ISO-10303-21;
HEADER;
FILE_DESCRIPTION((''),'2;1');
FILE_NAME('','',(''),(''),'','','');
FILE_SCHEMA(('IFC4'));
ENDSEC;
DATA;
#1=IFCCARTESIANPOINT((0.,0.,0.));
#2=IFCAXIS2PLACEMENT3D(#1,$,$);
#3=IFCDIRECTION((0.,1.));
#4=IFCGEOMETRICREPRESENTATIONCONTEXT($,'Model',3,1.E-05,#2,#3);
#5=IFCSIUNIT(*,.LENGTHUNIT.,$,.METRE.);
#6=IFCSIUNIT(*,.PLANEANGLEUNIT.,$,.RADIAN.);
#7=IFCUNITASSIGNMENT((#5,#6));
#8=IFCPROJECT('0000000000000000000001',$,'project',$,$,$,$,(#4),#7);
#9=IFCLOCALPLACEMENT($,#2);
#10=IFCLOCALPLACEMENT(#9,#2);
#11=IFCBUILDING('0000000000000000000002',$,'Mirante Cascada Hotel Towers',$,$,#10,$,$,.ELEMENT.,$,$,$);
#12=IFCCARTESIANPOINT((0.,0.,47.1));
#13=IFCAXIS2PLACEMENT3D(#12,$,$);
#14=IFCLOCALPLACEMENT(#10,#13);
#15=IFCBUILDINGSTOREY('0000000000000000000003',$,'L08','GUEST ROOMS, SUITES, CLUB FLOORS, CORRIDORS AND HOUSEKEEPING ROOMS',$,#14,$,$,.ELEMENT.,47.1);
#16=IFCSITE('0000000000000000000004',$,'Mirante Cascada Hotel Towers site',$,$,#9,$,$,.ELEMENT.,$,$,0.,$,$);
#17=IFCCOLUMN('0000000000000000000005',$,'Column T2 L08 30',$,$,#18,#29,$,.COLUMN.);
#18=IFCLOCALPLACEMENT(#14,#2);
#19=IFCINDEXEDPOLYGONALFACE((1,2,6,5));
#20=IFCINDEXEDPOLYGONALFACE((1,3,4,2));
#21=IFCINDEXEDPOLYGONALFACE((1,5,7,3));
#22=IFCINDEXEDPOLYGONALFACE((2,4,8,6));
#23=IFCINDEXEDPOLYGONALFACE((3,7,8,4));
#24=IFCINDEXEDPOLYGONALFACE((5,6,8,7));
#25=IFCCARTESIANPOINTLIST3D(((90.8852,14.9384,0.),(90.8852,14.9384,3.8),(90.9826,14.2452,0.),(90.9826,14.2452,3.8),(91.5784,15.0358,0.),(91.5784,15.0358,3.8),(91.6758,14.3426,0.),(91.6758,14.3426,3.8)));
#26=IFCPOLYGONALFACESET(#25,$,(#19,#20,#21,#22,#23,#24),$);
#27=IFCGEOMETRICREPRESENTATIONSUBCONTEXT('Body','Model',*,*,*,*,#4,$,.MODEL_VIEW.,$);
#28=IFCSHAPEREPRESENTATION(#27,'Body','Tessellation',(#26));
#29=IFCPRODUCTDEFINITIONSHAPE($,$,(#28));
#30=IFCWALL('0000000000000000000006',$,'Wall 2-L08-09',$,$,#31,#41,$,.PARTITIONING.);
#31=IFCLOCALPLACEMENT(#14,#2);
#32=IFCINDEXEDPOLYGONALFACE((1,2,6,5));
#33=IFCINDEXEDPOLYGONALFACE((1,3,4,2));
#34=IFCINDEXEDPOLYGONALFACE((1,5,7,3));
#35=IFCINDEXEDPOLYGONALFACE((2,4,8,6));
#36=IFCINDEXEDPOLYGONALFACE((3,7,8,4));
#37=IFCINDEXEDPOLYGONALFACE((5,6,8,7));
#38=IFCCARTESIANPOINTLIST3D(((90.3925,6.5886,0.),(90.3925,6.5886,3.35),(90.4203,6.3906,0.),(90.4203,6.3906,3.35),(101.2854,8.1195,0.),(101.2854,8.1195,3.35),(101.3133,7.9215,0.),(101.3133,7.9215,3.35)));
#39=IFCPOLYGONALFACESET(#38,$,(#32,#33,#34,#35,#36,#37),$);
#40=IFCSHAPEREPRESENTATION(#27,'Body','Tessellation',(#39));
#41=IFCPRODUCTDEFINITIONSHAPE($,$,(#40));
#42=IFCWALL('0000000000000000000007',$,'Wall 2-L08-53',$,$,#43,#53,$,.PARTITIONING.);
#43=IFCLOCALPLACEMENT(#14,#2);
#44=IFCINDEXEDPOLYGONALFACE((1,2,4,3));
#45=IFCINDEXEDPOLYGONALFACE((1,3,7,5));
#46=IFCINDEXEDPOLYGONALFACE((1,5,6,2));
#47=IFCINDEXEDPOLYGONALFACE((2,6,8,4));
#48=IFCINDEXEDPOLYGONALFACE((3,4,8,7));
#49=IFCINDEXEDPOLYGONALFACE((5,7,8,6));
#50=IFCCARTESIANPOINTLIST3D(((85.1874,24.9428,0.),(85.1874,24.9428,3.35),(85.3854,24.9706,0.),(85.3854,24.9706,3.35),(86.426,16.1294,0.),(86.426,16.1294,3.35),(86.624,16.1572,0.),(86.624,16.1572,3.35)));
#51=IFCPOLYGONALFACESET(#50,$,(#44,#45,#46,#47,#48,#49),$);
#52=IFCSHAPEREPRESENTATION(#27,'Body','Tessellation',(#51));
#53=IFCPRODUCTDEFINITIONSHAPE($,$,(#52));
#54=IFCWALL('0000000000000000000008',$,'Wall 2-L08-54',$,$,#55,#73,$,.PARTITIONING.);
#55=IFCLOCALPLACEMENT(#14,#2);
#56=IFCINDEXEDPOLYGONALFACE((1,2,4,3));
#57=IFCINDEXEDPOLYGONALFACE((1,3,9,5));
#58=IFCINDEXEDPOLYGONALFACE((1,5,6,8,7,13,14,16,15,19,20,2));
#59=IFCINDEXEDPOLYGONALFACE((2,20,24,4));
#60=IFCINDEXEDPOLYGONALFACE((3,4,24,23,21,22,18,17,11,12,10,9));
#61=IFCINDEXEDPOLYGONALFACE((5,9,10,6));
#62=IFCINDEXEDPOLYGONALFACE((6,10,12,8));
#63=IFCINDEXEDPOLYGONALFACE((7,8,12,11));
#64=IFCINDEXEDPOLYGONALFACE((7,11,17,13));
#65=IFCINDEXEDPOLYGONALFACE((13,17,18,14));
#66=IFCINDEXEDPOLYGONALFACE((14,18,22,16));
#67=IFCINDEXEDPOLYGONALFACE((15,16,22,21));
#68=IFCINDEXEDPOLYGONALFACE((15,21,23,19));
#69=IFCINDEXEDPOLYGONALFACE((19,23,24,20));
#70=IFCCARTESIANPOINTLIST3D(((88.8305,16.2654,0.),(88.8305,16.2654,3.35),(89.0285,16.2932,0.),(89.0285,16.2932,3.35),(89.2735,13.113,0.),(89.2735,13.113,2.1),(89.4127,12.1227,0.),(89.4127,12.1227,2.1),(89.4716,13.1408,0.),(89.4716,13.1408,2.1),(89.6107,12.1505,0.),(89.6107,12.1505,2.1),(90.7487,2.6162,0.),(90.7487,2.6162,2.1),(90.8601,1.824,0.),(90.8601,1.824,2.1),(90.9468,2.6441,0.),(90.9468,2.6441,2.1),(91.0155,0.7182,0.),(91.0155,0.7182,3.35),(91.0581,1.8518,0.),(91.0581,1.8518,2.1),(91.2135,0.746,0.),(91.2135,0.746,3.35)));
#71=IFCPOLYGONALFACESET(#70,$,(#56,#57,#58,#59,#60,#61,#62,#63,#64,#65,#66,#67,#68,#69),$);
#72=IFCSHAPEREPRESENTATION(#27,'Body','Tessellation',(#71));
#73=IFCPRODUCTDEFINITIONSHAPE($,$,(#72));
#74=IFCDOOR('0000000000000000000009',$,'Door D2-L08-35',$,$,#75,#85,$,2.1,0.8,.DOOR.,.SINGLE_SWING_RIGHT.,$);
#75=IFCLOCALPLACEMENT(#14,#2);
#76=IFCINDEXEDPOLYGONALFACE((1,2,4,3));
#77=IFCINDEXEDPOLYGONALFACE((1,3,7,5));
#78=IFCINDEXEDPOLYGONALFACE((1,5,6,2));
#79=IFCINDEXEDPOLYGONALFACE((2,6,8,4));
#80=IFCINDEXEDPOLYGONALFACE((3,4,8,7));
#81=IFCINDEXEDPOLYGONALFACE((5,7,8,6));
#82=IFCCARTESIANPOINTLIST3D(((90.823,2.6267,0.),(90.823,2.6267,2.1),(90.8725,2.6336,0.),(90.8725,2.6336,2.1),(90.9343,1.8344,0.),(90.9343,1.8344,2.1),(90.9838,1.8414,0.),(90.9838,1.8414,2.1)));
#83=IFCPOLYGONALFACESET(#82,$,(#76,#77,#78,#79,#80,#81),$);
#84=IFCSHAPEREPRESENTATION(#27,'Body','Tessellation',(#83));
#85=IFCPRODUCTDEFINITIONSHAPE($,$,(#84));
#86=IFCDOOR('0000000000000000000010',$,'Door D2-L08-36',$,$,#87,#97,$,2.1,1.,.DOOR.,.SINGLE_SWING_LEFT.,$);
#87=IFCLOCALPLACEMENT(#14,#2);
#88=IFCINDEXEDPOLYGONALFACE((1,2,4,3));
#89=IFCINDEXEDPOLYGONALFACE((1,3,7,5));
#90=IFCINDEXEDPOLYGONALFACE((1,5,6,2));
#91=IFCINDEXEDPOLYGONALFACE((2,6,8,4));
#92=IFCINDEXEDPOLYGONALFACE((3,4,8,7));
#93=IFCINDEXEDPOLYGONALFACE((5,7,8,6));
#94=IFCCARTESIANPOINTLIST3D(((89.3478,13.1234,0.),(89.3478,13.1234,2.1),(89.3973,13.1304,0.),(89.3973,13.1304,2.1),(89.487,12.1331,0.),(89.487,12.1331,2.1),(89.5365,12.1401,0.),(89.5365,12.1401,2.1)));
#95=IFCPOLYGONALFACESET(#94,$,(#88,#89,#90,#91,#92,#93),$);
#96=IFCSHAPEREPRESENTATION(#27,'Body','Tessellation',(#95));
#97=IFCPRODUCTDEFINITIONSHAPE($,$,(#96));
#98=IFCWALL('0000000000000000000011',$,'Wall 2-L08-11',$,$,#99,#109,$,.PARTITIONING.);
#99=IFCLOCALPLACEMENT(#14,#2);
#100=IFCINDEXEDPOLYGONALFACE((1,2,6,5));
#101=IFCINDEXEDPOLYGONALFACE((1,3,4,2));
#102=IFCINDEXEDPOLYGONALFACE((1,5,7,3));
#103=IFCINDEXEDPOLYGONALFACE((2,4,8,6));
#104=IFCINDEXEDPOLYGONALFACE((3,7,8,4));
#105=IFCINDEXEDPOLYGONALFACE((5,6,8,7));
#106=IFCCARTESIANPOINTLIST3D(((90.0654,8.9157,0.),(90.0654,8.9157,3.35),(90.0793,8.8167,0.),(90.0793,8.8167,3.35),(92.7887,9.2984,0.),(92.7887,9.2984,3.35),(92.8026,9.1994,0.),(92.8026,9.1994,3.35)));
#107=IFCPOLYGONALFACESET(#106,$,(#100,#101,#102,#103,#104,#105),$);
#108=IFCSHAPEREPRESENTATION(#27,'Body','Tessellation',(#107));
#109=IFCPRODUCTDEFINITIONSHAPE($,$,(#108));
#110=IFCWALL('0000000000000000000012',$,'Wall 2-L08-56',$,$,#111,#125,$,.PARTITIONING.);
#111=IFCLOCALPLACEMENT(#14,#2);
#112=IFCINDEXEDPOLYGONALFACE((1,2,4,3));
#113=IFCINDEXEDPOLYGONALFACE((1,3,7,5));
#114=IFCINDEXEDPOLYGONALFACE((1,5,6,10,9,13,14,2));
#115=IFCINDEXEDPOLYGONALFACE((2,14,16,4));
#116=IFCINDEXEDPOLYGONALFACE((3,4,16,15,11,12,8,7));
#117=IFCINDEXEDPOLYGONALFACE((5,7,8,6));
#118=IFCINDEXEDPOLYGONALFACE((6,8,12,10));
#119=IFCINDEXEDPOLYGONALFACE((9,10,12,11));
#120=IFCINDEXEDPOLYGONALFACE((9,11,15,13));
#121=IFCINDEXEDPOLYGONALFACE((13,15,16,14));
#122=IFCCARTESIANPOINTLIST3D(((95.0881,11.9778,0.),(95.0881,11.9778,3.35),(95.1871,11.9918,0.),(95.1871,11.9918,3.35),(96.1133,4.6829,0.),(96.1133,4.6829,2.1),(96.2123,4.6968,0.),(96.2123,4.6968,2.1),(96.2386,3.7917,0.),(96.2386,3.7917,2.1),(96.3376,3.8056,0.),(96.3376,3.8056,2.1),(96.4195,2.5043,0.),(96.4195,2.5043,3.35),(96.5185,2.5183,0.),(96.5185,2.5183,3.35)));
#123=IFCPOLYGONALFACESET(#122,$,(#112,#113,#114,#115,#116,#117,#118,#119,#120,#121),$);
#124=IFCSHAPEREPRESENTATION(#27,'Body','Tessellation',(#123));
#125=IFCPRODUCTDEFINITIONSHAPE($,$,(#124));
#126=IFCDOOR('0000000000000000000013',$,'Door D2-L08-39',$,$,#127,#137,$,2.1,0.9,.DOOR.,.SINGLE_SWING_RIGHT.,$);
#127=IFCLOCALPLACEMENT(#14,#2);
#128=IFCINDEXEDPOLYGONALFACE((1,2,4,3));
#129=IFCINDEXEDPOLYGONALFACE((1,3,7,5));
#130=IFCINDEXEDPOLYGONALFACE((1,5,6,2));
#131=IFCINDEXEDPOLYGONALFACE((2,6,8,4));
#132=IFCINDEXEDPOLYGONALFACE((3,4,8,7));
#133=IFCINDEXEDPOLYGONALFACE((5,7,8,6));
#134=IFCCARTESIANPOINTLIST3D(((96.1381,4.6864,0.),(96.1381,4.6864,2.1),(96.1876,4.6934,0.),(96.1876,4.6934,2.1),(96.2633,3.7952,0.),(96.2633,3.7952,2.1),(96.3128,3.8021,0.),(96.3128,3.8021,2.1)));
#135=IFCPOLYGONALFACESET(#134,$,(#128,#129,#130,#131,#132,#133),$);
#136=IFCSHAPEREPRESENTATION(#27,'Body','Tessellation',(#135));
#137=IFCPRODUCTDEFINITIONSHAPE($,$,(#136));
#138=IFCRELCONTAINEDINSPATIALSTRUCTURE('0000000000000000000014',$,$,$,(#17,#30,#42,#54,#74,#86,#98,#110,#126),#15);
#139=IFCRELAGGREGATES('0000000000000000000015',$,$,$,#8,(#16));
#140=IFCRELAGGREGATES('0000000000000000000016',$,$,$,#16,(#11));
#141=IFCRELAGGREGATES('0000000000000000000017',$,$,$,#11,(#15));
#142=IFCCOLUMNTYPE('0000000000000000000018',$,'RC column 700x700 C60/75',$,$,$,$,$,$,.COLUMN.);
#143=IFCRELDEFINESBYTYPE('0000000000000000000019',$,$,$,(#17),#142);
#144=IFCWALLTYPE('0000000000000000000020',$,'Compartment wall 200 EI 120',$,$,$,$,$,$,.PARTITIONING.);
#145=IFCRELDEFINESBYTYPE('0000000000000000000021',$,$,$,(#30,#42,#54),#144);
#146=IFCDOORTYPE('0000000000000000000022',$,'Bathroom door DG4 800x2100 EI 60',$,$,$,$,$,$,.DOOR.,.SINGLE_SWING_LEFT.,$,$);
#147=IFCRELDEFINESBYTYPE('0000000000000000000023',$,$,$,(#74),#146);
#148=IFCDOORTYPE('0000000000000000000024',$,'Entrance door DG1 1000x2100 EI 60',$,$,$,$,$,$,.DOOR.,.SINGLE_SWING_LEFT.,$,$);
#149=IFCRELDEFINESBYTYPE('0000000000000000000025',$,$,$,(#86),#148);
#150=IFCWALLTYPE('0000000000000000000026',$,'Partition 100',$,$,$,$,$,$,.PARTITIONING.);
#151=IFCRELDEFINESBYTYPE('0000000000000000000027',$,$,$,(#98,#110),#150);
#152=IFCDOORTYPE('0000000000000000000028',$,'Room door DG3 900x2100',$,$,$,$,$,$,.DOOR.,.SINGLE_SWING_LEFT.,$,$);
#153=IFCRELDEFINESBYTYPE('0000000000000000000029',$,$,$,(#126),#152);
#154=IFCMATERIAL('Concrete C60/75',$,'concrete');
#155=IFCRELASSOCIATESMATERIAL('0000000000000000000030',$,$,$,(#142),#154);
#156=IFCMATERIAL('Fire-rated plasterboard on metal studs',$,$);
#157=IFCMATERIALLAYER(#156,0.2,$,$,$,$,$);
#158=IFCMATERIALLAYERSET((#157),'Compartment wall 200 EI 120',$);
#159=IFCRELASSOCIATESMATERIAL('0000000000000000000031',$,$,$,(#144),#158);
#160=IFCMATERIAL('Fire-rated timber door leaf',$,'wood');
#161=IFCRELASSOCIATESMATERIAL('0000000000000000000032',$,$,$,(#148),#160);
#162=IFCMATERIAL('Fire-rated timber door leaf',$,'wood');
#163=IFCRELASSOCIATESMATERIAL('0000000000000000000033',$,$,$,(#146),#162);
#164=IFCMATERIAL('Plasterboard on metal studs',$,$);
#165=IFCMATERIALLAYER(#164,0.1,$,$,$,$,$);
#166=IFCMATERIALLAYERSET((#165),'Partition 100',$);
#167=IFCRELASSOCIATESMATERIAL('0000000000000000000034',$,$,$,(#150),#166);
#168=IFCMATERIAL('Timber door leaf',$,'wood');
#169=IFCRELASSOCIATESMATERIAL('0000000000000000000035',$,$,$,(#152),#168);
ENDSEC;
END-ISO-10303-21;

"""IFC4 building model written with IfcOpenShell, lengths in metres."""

from ifc_helpers import new_model, si_unit, direction, frame, frame_2d, origin, origin_2d, place, context, subcontext, project, spatial, rectangle, extrude, material, layer, layer_set, material_profile, profile_set, type_object, element, fill, save


model = new_model("IFC4")

# Units and contexts
model_context = context("Model", 3, precision=1e-05, world=origin(), true_north=direction((0.0, 1.0)))
body_context = subcontext(model_context, "Body", "Model", "MODEL_VIEW")
ifc_project = project(units=[si_unit("LENGTHUNIT", "METRE"), si_unit("PLANEANGLEUNIT", "RADIAN")], contexts=[model_context])

# Site, building, storey
site_placement = place(None, origin())
site = spatial("IfcSite", under=ifc_project, at=site_placement, Name="Mirante Cascada Hotel Towers site", CompositionType="ELEMENT", RefElevation=0.0)
building_placement = place(site_placement, origin())
building = spatial("IfcBuilding", under=site, at=building_placement, Name="Mirante Cascada Hotel Towers", CompositionType="ELEMENT")
storey_placement = place(building_placement, frame((0.0, 0.0, 47.1)))
storey = spatial("IfcBuildingStorey", under=building, at=storey_placement, Name="L08", Description="GUEST ROOMS, SUITES, CLUB FLOORS, CORRIDORS AND HOUSEKEEPING ROOMS", CompositionType="ELEMENT", Elevation=47.1)

# Column
ifc_material_1 = material(Name="Concrete C60/75", Category="concrete")
ifc_material_profile = material_profile(ifc_material_1, rectangle(XDim=0.7, YDim=0.7, at=origin_2d()), Name="RC column 700x700 C60/75")
ifc_profile_set = profile_set([ifc_material_profile], Name="Concrete C60/75")
column_type = type_object("IfcColumnType", Name="RC column 700x700 C60/75", PredefinedType="COLUMN", material=ifc_profile_set)
column_placement = place(storey_placement, frame((91.2805, 14.6405, 0.0), z_axis=(0.0, 0.0, 1.0), x_axis=(0.990268, 0.139173, 0.0)))
element("IfcColumn", 1, at=column_placement, inside=storey, type_object=column_type, Name="Column T2 L08 30", PredefinedType="COLUMN", context=body_context, shape_type="SweptSolid", body=[
    extrude(rectangle(XDim=0.7, YDim=0.7, at=origin_2d()), origin(), (0.0, 0.0, 1.0), 3.8),
])

# Wall
ifc_material_2 = material(Name="Fire-rated plasterboard on metal studs")
ifc_layer_1 = layer(ifc_material_2, 0.2)
ifc_layer_set_1 = layer_set([ifc_layer_1], Name="Compartment wall 200 EI 120")
wall_type_1 = type_object("IfcWallType", Name="Compartment wall 200 EI 120", PredefinedType="PARTITIONING", material=ifc_layer_set_1)
wall_1_placement = place(storey_placement, frame((90.4064, 6.4896, 0.0), z_axis=(0.0, 0.0, 1.0), x_axis=(0.990268, 0.139173, 0.0)))
element("IfcWall", 2, at=wall_1_placement, inside=storey, type_object=wall_type_1, Name="Wall 2-L08-09", PredefinedType="PARTITIONING", context=body_context, shape_type="SweptSolid", body=[
    extrude(rectangle(XDim=11.0, YDim=0.2, at=frame_2d((5.5, 0.0))), origin(), (0.0, 0.0, 1.0), 3.35),
])

# Shared definitions
ifc_material_3 = material(Name="Fire-rated timber door leaf", Category="wood")
door_type_1 = type_object("IfcDoorType", Name="Entrance door DG1 1000x2100 EI 60", OperationType="SINGLE_SWING_LEFT", PredefinedType="DOOR", material=ifc_material_3)

# Wall
wall_2_placement = place(storey_placement, frame((86.525, 16.1433, 0.0), z_axis=(0.0, 0.0, 1.0), x_axis=(-0.139168, 0.990269, 0.0)))
element("IfcWall", 3, at=wall_2_placement, inside=storey, type_object=wall_type_1, Name="Wall 2-L08-53", PredefinedType="PARTITIONING", context=body_context, shape_type="SweptSolid", body=[
    extrude(rectangle(XDim=8.9, YDim=0.2, at=frame_2d((4.45, 0.0))), origin(), (0.0, 0.0, 1.0), 3.35),
])

# Wall, openings, doors
wall_3_placement = place(storey_placement, frame((88.9295, 16.2793, 0.0), z_axis=(0.0, 0.0, 1.0), x_axis=(0.139172, -0.990268, 0.0)))
wall_3 = element("IfcWall", 4, at=wall_3_placement, inside=storey, type_object=wall_type_1, Name="Wall 2-L08-54", PredefinedType="PARTITIONING", context=body_context, shape_type="SweptSolid", body=[
    extrude(rectangle(XDim=15.7, YDim=0.2, at=frame_2d((7.85, 0.0))), origin(), (0.0, 0.0, 1.0), 3.35),
])
opening_1_placement = place(wall_3_placement, frame((13.7833, 0.0, 0.0)))
opening_1 = element("IfcOpeningElement", 5, at=opening_1_placement, cuts=wall_3, PredefinedType="OPENING", context=body_context, shape_type="SweptSolid", body=[
    extrude(rectangle(XDim=0.8, YDim=2.1, at=frame_2d((0.4, 1.05))), frame((0.0, 0.1, 0.0), z_axis=(0.0, -1.0, 0.0), x_axis=(1.0, 0.0, 0.0)), (0.0, 0.0, 1.0), 0.2),
])
opening_2_placement = place(wall_3_placement, frame((3.1834, 0.0, 0.0)))
opening_2 = element("IfcOpeningElement", 6, at=opening_2_placement, cuts=wall_3, PredefinedType="OPENING", context=body_context, shape_type="SweptSolid", body=[
    extrude(rectangle(XDim=1.0, YDim=2.1, at=frame_2d((0.5, 1.05))), frame((0.0, 0.1, 0.0), z_axis=(0.0, -1.0, 0.0), x_axis=(1.0, 0.0, 0.0)), (0.0, 0.0, 1.0), 0.2),
])
ifc_material_4 = material(Name="Fire-rated timber door leaf", Category="wood")
door_type_2 = type_object("IfcDoorType", Name="Bathroom door DG4 800x2100 EI 60", OperationType="SINGLE_SWING_LEFT", PredefinedType="DOOR", material=ifc_material_4)
door_1_placement = place(opening_1_placement, frame((0.8, 0.0, 0.0), z_axis=(0.0, 0.0, 1.0), x_axis=(-1.0, 0.0, 0.0)))
door_1 = element("IfcDoor", 7, at=door_1_placement, inside=storey, type_object=door_type_2, Name="Door D2-L08-35", OperationType="SINGLE_SWING_RIGHT", OverallHeight=2.1, OverallWidth=0.8, PredefinedType="DOOR", context=body_context, shape_type="SweptSolid", body=[
    extrude(rectangle(XDim=0.8, YDim=2.1, at=frame_2d((0.4, 1.05))), frame((0.0, 0.025, 0.0), z_axis=(0.0, -1.0, 0.0), x_axis=(1.0, 0.0, 0.0)), (0.0, 0.0, 1.0), 0.05),
])
fill(opening_1, door_1)
door_2_placement = place(opening_2_placement, origin())
door_2 = element("IfcDoor", 8, at=door_2_placement, inside=storey, type_object=door_type_1, Name="Door D2-L08-36", OperationType="SINGLE_SWING_LEFT", OverallHeight=2.1, OverallWidth=1.0, PredefinedType="DOOR", context=body_context, shape_type="SweptSolid", body=[
    extrude(rectangle(XDim=1.0, YDim=2.1, at=frame_2d((0.5, 1.05))), frame((0.0, 0.025, 0.0), z_axis=(0.0, -1.0, 0.0), x_axis=(1.0, 0.0, 0.0)), (0.0, 0.0, 1.0), 0.05),
])
fill(opening_2, door_2)

# Wall
ifc_material_5 = material(Name="Plasterboard on metal studs")
ifc_layer_2 = layer(ifc_material_5, 0.1)
ifc_layer_set_2 = layer_set([ifc_layer_2], Name="Partition 100")
wall_type_2 = type_object("IfcWallType", Name="Partition 100", PredefinedType="PARTITIONING", material=ifc_layer_set_2)
wall_4_placement = place(storey_placement, frame((90.0723, 8.8662, 0.0), z_axis=(0.0, 0.0, 1.0), x_axis=(0.99027, 0.139161, 0.0)))
element("IfcWall", 9, at=wall_4_placement, inside=storey, type_object=wall_type_2, Name="Wall 2-L08-11", PredefinedType="PARTITIONING", context=body_context, shape_type="SweptSolid", body=[
    extrude(rectangle(XDim=2.7501, YDim=0.1, at=frame_2d((1.3751, 0.0))), origin(), (0.0, 0.0, 1.0), 3.35),
])

# Wall, opening, door
wall_5_placement = place(storey_placement, frame((95.1376, 11.9848, 0.0), z_axis=(0.0, 0.0, 1.0), x_axis=(0.139172, -0.990268, 0.0)))
wall_5 = element("IfcWall", 10, at=wall_5_placement, inside=storey, type_object=wall_type_2, Name="Wall 2-L08-56", PredefinedType="PARTITIONING", context=body_context, shape_type="SweptSolid", body=[
    extrude(rectangle(XDim=9.5666, YDim=0.1, at=frame_2d((4.7833, 0.0))), origin(), (0.0, 0.0, 1.0), 3.35),
])
opening_3_placement = place(wall_5_placement, frame((7.3666, 0.0, 0.0)))
opening_3 = element("IfcOpeningElement", 11, at=opening_3_placement, cuts=wall_5, PredefinedType="OPENING", context=body_context, shape_type="SweptSolid", body=[
    extrude(rectangle(XDim=0.9, YDim=2.1, at=frame_2d((0.45, 1.05))), frame((0.0, 0.05, 0.0), z_axis=(0.0, -1.0, 0.0), x_axis=(1.0, 0.0, 0.0)), (0.0, 0.0, 1.0), 0.1),
])
ifc_material_6 = material(Name="Timber door leaf", Category="wood")
door_type_3 = type_object("IfcDoorType", Name="Room door DG3 900x2100", OperationType="SINGLE_SWING_LEFT", PredefinedType="DOOR", material=ifc_material_6)
door_3_placement = place(opening_3_placement, frame((0.9, 0.0, 0.0), z_axis=(0.0, 0.0, 1.0), x_axis=(-1.0, 0.0, 0.0)))
door_3 = element("IfcDoor", 12, at=door_3_placement, inside=storey, type_object=door_type_3, Name="Door D2-L08-39", OperationType="SINGLE_SWING_RIGHT", OverallHeight=2.1, OverallWidth=0.9, PredefinedType="DOOR", context=body_context, shape_type="SweptSolid", body=[
    extrude(rectangle(XDim=0.9, YDim=2.1, at=frame_2d((0.45, 1.05))), frame((0.0, 0.025, 0.0), z_axis=(0.0, -1.0, 0.0), x_axis=(1.0, 0.0, 0.0)), (0.0, 0.0, 1.0), 0.05),
])
fill(opening_3, door_3)

save(model, "model.ifc")
